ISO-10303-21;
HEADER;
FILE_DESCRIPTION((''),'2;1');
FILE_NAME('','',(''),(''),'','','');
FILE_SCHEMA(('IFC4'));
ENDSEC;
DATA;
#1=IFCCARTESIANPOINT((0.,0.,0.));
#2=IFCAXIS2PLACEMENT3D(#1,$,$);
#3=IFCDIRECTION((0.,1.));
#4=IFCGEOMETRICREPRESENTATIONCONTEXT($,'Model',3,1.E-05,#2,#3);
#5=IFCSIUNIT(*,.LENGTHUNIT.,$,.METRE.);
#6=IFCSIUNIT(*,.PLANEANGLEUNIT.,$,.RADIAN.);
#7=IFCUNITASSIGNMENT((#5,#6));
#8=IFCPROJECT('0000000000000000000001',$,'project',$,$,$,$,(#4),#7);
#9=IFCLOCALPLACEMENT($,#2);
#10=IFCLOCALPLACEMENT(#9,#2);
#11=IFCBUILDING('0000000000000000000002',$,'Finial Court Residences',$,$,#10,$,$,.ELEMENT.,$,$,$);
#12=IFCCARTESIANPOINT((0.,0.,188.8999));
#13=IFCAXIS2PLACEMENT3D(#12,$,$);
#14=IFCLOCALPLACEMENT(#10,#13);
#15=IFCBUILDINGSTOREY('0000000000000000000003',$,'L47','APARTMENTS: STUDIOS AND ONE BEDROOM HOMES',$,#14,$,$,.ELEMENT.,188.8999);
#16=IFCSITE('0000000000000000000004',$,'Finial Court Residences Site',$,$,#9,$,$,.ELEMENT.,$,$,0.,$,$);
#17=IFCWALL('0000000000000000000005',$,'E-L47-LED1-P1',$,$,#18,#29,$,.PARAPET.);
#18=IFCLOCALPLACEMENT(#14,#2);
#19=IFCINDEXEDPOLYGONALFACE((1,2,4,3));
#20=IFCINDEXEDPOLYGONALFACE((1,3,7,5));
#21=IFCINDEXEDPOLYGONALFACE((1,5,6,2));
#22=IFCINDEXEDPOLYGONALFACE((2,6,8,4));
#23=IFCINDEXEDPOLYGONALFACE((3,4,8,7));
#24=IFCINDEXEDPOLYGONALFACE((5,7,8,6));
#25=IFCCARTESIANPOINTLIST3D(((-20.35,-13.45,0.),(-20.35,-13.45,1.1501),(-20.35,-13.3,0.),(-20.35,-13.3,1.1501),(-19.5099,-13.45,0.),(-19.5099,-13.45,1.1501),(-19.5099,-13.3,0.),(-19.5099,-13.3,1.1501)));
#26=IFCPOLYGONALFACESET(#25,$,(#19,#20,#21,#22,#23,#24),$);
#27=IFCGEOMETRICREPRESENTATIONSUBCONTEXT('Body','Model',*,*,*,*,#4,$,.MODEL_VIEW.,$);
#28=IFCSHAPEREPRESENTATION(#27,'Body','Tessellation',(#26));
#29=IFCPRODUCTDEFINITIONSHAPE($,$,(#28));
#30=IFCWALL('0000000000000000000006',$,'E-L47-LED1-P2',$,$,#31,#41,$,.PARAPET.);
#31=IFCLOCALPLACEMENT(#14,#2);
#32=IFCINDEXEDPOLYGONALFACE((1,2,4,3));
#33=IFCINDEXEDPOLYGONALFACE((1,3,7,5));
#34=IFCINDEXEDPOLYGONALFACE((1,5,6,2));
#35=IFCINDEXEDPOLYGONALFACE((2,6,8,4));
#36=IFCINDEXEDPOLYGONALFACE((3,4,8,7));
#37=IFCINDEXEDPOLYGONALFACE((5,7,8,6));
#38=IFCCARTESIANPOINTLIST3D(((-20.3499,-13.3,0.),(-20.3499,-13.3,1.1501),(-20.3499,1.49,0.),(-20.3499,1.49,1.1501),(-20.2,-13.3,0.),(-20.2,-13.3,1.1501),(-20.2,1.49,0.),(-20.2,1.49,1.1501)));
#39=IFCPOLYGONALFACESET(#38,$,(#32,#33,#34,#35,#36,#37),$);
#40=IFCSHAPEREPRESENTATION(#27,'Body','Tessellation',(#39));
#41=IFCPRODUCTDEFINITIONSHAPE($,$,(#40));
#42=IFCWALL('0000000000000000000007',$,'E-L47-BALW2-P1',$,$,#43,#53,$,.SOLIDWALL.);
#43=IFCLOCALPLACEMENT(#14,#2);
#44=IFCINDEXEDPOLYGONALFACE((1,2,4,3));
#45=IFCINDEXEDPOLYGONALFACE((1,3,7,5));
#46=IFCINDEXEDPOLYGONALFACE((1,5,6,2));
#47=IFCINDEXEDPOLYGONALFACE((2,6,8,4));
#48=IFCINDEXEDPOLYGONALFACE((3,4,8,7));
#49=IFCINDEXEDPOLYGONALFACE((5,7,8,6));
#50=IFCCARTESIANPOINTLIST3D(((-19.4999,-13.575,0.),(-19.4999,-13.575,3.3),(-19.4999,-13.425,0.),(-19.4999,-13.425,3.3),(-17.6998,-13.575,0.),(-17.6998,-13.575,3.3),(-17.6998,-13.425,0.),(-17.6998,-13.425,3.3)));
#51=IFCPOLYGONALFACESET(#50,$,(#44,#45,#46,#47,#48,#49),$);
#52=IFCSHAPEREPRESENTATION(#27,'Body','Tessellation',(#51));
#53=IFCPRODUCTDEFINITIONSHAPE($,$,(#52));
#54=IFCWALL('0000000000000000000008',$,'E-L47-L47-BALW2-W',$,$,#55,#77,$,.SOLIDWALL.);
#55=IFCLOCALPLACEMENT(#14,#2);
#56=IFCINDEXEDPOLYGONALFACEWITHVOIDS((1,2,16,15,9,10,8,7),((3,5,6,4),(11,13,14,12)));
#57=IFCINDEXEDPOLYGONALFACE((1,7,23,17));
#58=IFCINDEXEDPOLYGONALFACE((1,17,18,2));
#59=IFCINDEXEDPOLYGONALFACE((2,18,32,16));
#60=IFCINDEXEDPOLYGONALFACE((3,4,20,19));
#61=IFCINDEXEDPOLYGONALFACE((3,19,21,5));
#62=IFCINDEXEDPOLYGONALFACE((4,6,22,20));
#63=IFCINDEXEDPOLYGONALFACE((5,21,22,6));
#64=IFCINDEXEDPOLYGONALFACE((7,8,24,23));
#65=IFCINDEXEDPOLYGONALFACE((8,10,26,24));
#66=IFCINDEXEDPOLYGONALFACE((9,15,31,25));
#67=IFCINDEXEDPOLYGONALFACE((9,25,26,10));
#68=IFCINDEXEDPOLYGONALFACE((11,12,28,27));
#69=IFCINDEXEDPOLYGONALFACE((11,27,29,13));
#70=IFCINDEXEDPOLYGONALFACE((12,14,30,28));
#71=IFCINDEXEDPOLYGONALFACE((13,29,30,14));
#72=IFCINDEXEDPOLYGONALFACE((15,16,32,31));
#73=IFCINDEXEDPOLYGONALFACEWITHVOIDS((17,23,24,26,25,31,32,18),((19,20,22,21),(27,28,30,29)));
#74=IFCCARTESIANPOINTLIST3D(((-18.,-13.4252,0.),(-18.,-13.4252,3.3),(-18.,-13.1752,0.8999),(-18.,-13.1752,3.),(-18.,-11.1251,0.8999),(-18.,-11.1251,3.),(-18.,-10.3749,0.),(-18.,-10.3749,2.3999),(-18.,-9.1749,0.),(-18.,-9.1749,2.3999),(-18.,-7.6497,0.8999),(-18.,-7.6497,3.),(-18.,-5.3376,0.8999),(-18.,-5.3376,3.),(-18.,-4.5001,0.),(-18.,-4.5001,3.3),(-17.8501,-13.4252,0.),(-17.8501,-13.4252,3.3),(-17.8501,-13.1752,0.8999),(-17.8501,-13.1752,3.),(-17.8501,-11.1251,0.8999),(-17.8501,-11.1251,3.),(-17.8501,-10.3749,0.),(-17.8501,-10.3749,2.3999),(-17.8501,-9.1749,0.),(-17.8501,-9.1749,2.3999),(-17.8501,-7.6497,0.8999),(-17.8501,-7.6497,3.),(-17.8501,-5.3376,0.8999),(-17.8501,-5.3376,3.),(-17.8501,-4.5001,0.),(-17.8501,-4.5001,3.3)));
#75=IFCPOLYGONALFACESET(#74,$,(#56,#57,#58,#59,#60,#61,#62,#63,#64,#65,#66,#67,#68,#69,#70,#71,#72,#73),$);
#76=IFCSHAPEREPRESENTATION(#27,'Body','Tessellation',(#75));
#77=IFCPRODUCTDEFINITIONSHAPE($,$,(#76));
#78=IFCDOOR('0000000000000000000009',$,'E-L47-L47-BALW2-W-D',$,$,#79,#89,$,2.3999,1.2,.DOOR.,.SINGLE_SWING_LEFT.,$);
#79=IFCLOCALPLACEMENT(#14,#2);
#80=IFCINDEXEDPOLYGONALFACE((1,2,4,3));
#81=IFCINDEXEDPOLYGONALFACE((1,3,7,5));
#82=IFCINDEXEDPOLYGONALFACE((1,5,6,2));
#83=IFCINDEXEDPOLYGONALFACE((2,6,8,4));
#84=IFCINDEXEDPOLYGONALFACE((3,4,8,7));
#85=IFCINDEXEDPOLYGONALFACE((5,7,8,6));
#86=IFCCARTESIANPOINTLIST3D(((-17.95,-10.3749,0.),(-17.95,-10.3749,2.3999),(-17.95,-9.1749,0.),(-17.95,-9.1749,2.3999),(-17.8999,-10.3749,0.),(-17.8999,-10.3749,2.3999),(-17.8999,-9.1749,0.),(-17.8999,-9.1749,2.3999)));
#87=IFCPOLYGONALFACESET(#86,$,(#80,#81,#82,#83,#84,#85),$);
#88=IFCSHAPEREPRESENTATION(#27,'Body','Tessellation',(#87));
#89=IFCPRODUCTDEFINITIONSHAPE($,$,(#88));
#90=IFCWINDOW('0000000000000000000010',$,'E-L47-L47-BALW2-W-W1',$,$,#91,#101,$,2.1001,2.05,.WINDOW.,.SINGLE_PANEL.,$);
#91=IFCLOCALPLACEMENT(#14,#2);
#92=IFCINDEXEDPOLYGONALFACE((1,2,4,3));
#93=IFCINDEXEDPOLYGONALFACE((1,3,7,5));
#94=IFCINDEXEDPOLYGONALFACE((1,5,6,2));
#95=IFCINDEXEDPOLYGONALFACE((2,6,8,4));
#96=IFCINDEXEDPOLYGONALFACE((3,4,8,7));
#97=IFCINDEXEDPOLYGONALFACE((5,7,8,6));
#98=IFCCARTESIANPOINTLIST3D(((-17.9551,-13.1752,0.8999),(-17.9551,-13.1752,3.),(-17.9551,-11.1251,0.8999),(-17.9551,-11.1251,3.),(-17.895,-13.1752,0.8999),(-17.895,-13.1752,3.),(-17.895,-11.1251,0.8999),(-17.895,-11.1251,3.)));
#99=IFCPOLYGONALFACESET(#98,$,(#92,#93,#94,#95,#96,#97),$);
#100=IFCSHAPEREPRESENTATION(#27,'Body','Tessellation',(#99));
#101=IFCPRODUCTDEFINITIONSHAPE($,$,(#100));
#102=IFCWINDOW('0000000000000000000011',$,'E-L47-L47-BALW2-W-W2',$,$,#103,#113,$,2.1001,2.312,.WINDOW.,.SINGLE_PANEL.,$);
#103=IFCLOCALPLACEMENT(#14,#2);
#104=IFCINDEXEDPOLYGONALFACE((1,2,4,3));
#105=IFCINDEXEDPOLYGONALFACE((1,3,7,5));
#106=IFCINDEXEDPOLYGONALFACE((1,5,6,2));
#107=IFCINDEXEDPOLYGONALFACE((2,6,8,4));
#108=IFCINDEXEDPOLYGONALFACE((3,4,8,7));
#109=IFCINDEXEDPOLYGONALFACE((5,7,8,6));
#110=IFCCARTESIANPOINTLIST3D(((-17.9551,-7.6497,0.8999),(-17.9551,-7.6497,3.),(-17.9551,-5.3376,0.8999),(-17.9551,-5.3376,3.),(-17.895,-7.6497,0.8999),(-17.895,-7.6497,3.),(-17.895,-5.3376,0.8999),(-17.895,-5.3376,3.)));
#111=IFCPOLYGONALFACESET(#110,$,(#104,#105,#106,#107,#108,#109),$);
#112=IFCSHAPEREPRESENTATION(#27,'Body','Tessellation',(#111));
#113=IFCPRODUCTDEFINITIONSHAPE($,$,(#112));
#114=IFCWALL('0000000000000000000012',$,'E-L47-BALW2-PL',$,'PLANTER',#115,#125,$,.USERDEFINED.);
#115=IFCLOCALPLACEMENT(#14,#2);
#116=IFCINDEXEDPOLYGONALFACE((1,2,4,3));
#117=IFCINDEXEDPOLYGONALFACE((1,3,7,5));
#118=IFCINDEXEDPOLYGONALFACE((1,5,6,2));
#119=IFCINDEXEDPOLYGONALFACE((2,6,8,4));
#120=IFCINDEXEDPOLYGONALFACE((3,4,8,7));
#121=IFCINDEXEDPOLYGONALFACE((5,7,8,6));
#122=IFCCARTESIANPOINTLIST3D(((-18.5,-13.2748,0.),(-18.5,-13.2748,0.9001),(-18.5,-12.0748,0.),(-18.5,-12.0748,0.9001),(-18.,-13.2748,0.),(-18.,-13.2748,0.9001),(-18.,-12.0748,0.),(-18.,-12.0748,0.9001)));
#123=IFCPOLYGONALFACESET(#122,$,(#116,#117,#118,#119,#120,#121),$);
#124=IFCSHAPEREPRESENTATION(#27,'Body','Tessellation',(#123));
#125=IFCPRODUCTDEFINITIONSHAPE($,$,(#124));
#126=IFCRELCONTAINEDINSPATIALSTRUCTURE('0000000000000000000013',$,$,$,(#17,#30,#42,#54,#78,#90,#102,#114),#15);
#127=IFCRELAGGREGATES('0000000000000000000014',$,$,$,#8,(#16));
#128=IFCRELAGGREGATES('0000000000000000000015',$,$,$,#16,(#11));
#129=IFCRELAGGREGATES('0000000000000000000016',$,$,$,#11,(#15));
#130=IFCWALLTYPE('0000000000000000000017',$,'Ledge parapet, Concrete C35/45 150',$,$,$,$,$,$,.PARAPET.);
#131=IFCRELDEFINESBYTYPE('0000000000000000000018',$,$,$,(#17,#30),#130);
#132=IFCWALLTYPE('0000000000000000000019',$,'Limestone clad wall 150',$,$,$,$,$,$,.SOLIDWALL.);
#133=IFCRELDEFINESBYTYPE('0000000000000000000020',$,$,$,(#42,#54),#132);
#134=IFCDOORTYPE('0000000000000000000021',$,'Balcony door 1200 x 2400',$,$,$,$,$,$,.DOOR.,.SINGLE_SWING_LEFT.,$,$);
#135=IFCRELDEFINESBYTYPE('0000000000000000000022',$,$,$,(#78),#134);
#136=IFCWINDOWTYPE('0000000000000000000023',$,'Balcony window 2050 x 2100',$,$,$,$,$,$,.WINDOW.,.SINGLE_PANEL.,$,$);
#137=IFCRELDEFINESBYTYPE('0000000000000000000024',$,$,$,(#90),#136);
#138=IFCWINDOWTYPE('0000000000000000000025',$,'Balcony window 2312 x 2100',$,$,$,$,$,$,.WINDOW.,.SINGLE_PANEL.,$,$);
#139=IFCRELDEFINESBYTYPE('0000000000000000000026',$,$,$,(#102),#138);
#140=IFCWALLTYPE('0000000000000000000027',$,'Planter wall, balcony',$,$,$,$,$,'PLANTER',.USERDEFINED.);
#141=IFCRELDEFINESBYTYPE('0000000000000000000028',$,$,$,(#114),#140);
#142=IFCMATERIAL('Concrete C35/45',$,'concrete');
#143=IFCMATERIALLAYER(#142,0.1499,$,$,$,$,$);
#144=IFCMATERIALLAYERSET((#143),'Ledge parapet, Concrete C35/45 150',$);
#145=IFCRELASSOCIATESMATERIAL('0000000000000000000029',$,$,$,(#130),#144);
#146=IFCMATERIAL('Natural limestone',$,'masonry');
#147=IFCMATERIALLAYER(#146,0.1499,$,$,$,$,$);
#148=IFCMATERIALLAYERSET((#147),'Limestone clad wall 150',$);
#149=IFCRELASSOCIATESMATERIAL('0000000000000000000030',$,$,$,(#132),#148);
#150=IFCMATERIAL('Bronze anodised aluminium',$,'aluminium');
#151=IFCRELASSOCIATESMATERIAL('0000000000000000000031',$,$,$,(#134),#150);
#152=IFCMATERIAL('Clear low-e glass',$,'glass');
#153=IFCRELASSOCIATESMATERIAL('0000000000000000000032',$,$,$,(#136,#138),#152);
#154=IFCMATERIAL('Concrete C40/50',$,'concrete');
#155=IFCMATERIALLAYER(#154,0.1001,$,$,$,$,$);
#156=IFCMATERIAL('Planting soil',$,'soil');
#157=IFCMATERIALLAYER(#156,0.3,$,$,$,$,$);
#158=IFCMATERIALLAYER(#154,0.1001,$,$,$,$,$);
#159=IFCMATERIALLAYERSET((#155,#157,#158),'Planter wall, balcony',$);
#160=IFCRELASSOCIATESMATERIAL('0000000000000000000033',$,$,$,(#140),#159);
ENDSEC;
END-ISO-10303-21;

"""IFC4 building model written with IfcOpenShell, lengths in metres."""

from ifc_helpers import new_model, si_unit, direction, frame, frame_2d, origin, place, context, subcontext, project, spatial, rectangle, extrude, material, layer, layer_set, type_object, element, fill, save


model = new_model("IFC4")

# Units and contexts
model_context = context("Model", 3, precision=1e-05, world=origin(), true_north=direction((0.0, 1.0)))
body_context = subcontext(model_context, "Body", "Model", "MODEL_VIEW")
ifc_project = project(units=[si_unit("LENGTHUNIT", "METRE"), si_unit("PLANEANGLEUNIT", "RADIAN")], contexts=[model_context])

# Site, building, storey
site_placement = place(None, origin())
site = spatial("IfcSite", under=ifc_project, at=site_placement, Name="Finial Court Residences Site", CompositionType="ELEMENT", RefElevation=0.0)
building_placement = place(site_placement, origin())
building = spatial("IfcBuilding", under=site, at=building_placement, Name="Finial Court Residences", CompositionType="ELEMENT")
storey_placement = place(building_placement, frame((0.0, 0.0, 188.8999)))
storey = spatial("IfcBuildingStorey", under=building, at=storey_placement, Name="L47", Description="APARTMENTS: STUDIOS AND ONE BEDROOM HOMES", CompositionType="ELEMENT", Elevation=188.8999)

# Shared definitions
ifc_material_1 = material(Name="Bronze anodised aluminium", Category="aluminium")
ifc_material_2 = material(Name="Clear low-e glass", Category="glass")

# Walls
ifc_material_3 = material(Name="Concrete C35/45", Category="concrete")
ifc_layer_1 = layer(ifc_material_3, 0.1499)
ifc_layer_set_1 = layer_set([ifc_layer_1], Name="Ledge parapet, Concrete C35/45 150")
wall_type_1 = type_object("IfcWallType", Name="Ledge parapet, Concrete C35/45 150", PredefinedType="PARAPET", material=ifc_layer_set_1)
wall_1_placement = place(storey_placement, frame((-19.51, -13.375, 0.0), z_axis=(0.0, 0.0, 1.0), x_axis=(-1.0, 0.0, 0.0)))
element("IfcWall", 1, at=wall_1_placement, inside=storey, type_object=wall_type_1, Name="E-L47-LED1-P1", PredefinedType="PARAPET", context=body_context, shape_type="SweptSolid", body=[
    extrude(rectangle(XDim=0.8401, YDim=0.1499, at=frame_2d((0.4199, 0.0))), origin(), (0.0, 0.0, 1.0), 1.1501),
])
wall_2_placement = place(storey_placement, frame((-20.2749, -13.3, 0.0), z_axis=(0.0, 0.0, 1.0), x_axis=(0.0, 1.0, 0.0)))
element("IfcWall", 2, at=wall_2_placement, inside=storey, type_object=wall_type_1, Name="E-L47-LED1-P2", PredefinedType="PARAPET", context=body_context, shape_type="SweptSolid", body=[
    extrude(rectangle(XDim=14.79, YDim=0.1499, at=frame_2d((7.395, 0.0))), origin(), (0.0, 0.0, 1.0), 1.1501),
])
ifc_material_4 = material(Name="Natural limestone", Category="masonry")
ifc_layer_2 = layer(ifc_material_4, 0.1499)
ifc_layer_set_2 = layer_set([ifc_layer_2], Name="Limestone clad wall 150")
wall_type_2 = type_object("IfcWallType", Name="Limestone clad wall 150", PredefinedType="SOLIDWALL", material=ifc_layer_set_2)
wall_3_placement = place(storey_placement, frame((-17.7, -13.5, 0.0), z_axis=(0.0, 0.0, 1.0), x_axis=(-1.0, 0.0, 0.0)))
element("IfcWall", 3, at=wall_3_placement, inside=storey, type_object=wall_type_2, Name="E-L47-BALW2-P1", PredefinedType="SOLIDWALL", context=body_context, shape_type="SweptSolid", body=[
    extrude(rectangle(XDim=1.8, YDim=0.1499, at=frame_2d((0.8999, 0.0))), origin(), (0.0, 0.0, 1.0), 3.3),
])

# Wall, openings, door, windows
wall_4_placement = place(storey_placement, frame((-17.925, -13.425, 0.0), z_axis=(0.0, 0.0, 1.0), x_axis=(0.0, 1.0, 0.0)))
wall_4 = element("IfcWall", 4, at=wall_4_placement, inside=storey, type_object=wall_type_2, Name="E-L47-L47-BALW2-W", PredefinedType="SOLIDWALL", context=body_context, shape_type="SweptSolid", body=[
    extrude(rectangle(XDim=8.925, YDim=0.1499, at=frame_2d((4.4624, 0.0))), origin(), (0.0, 0.0, 1.0), 3.3),
])
opening_1_placement = place(wall_4_placement, frame((3.05, 0.0, 0.0)))
opening_1 = element("IfcOpeningElement", 5, at=opening_1_placement, cuts=wall_4, PredefinedType="OPENING", context=body_context, shape_type="SweptSolid", body=[
    extrude(rectangle(XDim=1.2, YDim=2.3999, at=frame_2d((0.6001, 1.2))), frame((0.0, 0.085, 0.0), z_axis=(0.0, -1.0, 0.0), x_axis=(1.0, 0.0, 0.0)), (0.0, 0.0, 1.0), 0.1699),
])
opening_2_placement = place(wall_4_placement, frame((0.25, 0.0, 0.8999)))
opening_2 = element("IfcOpeningElement", 6, at=opening_2_placement, cuts=wall_4, PredefinedType="OPENING", context=body_context, shape_type="SweptSolid", body=[
    extrude(rectangle(XDim=2.05, YDim=2.1001, at=frame_2d((1.0249, 1.05))), frame((0.0, 0.085, 0.0), z_axis=(0.0, -1.0, 0.0), x_axis=(1.0, 0.0, 0.0)), (0.0, 0.0, 1.0), 0.1699),
])
opening_3_placement = place(wall_4_placement, frame((5.7754, 0.0, 0.8999)))
opening_3 = element("IfcOpeningElement", 7, at=opening_3_placement, cuts=wall_4, PredefinedType="OPENING", context=body_context, shape_type="SweptSolid", body=[
    extrude(rectangle(XDim=2.312, YDim=2.1001, at=frame_2d((1.156, 1.05))), frame((0.0, 0.085, 0.0), z_axis=(0.0, -1.0, 0.0), x_axis=(1.0, 0.0, 0.0)), (0.0, 0.0, 1.0), 0.1699),
])
door_type_1 = type_object("IfcDoorType", Name="Balcony door 1200 x 2400", OperationType="SINGLE_SWING_LEFT", PredefinedType="DOOR", material=ifc_material_1)
door_1_placement = place(opening_1_placement, origin())
door_1 = element("IfcDoor", 8, at=door_1_placement, inside=storey, type_object=door_type_1, Name="E-L47-L47-BALW2-W-D", OperationType="SINGLE_SWING_LEFT", OverallHeight=2.3999, OverallWidth=1.2, PredefinedType="DOOR", context=body_context, shape_type="SweptSolid", body=[
    extrude(rectangle(XDim=1.2, YDim=2.3999, at=frame_2d((0.6001, 1.2))), frame((0.0, 0.0249, 0.0), z_axis=(0.0, -1.0, 0.0), x_axis=(1.0, 0.0, 0.0)), (0.0, 0.0, 1.0), 0.05),
])
fill(opening_1, door_1)
window_type_1 = type_object("IfcWindowType", Name="Balcony window 2050 x 2100", PartitioningType="SINGLE_PANEL", PredefinedType="WINDOW", material=ifc_material_2)
window_1_placement = place(opening_2_placement, origin())
window_1 = element("IfcWindow", 9, at=window_1_placement, inside=storey, type_object=window_type_1, Name="E-L47-L47-BALW2-W-W1", OverallHeight=2.1001, OverallWidth=2.05, PartitioningType="SINGLE_PANEL", PredefinedType="WINDOW", context=body_context, shape_type="SweptSolid", body=[
    extrude(rectangle(XDim=2.05, YDim=2.1001, at=frame_2d((1.0249, 1.05))), frame((0.0, 0.03, 0.0), z_axis=(0.0, -1.0, 0.0), x_axis=(1.0, 0.0, 0.0)), (0.0, 0.0, 1.0), 0.0601),
])
fill(opening_2, window_1)
window_type_2 = type_object("IfcWindowType", Name="Balcony window 2312 x 2100", PartitioningType="SINGLE_PANEL", PredefinedType="WINDOW", material=ifc_material_2)
window_2_placement = place(opening_3_placement, origin())
window_2 = element("IfcWindow", 10, at=window_2_placement, inside=storey, type_object=window_type_2, Name="E-L47-L47-BALW2-W-W2", OverallHeight=2.1001, OverallWidth=2.312, PartitioningType="SINGLE_PANEL", PredefinedType="WINDOW", context=body_context, shape_type="SweptSolid", body=[
    extrude(rectangle(XDim=2.312, YDim=2.1001, at=frame_2d((1.156, 1.05))), frame((0.0, 0.03, 0.0), z_axis=(0.0, -1.0, 0.0), x_axis=(1.0, 0.0, 0.0)), (0.0, 0.0, 1.0), 0.0601),
])
fill(opening_3, window_2)

# Wall
ifc_material_5 = material(Name="Concrete C40/50", Category="concrete")
ifc_layer_3 = layer(ifc_material_5, 0.1001)
ifc_material_6 = material(Name="Planting soil", Category="soil")
ifc_layer_4 = layer(ifc_material_6, 0.3)
ifc_layer_5 = layer(ifc_material_5, 0.1001)
ifc_layer_set_3 = layer_set([ifc_layer_3, ifc_layer_4, ifc_layer_5], Name="Planter wall, balcony")
wall_type_3 = type_object("IfcWallType", Name="Planter wall, balcony", ElementType="PLANTER", PredefinedType="USERDEFINED", material=ifc_layer_set_3)
wall_5_placement = place(storey_placement, frame((-18.25, -13.2749, 0.0), z_axis=(0.0, 0.0, 1.0), x_axis=(0.0, 1.0, 0.0)))
element("IfcWall", 11, at=wall_5_placement, inside=storey, type_object=wall_type_3, Name="E-L47-BALW2-PL", ObjectType="PLANTER", PredefinedType="USERDEFINED", context=body_context, shape_type="SweptSolid", body=[
    extrude(rectangle(XDim=1.2, YDim=0.5, at=frame_2d((0.6001, 0.0))), origin(), (0.0, 0.0, 1.0), 0.9001),
])

save(model, "model.ifc")
